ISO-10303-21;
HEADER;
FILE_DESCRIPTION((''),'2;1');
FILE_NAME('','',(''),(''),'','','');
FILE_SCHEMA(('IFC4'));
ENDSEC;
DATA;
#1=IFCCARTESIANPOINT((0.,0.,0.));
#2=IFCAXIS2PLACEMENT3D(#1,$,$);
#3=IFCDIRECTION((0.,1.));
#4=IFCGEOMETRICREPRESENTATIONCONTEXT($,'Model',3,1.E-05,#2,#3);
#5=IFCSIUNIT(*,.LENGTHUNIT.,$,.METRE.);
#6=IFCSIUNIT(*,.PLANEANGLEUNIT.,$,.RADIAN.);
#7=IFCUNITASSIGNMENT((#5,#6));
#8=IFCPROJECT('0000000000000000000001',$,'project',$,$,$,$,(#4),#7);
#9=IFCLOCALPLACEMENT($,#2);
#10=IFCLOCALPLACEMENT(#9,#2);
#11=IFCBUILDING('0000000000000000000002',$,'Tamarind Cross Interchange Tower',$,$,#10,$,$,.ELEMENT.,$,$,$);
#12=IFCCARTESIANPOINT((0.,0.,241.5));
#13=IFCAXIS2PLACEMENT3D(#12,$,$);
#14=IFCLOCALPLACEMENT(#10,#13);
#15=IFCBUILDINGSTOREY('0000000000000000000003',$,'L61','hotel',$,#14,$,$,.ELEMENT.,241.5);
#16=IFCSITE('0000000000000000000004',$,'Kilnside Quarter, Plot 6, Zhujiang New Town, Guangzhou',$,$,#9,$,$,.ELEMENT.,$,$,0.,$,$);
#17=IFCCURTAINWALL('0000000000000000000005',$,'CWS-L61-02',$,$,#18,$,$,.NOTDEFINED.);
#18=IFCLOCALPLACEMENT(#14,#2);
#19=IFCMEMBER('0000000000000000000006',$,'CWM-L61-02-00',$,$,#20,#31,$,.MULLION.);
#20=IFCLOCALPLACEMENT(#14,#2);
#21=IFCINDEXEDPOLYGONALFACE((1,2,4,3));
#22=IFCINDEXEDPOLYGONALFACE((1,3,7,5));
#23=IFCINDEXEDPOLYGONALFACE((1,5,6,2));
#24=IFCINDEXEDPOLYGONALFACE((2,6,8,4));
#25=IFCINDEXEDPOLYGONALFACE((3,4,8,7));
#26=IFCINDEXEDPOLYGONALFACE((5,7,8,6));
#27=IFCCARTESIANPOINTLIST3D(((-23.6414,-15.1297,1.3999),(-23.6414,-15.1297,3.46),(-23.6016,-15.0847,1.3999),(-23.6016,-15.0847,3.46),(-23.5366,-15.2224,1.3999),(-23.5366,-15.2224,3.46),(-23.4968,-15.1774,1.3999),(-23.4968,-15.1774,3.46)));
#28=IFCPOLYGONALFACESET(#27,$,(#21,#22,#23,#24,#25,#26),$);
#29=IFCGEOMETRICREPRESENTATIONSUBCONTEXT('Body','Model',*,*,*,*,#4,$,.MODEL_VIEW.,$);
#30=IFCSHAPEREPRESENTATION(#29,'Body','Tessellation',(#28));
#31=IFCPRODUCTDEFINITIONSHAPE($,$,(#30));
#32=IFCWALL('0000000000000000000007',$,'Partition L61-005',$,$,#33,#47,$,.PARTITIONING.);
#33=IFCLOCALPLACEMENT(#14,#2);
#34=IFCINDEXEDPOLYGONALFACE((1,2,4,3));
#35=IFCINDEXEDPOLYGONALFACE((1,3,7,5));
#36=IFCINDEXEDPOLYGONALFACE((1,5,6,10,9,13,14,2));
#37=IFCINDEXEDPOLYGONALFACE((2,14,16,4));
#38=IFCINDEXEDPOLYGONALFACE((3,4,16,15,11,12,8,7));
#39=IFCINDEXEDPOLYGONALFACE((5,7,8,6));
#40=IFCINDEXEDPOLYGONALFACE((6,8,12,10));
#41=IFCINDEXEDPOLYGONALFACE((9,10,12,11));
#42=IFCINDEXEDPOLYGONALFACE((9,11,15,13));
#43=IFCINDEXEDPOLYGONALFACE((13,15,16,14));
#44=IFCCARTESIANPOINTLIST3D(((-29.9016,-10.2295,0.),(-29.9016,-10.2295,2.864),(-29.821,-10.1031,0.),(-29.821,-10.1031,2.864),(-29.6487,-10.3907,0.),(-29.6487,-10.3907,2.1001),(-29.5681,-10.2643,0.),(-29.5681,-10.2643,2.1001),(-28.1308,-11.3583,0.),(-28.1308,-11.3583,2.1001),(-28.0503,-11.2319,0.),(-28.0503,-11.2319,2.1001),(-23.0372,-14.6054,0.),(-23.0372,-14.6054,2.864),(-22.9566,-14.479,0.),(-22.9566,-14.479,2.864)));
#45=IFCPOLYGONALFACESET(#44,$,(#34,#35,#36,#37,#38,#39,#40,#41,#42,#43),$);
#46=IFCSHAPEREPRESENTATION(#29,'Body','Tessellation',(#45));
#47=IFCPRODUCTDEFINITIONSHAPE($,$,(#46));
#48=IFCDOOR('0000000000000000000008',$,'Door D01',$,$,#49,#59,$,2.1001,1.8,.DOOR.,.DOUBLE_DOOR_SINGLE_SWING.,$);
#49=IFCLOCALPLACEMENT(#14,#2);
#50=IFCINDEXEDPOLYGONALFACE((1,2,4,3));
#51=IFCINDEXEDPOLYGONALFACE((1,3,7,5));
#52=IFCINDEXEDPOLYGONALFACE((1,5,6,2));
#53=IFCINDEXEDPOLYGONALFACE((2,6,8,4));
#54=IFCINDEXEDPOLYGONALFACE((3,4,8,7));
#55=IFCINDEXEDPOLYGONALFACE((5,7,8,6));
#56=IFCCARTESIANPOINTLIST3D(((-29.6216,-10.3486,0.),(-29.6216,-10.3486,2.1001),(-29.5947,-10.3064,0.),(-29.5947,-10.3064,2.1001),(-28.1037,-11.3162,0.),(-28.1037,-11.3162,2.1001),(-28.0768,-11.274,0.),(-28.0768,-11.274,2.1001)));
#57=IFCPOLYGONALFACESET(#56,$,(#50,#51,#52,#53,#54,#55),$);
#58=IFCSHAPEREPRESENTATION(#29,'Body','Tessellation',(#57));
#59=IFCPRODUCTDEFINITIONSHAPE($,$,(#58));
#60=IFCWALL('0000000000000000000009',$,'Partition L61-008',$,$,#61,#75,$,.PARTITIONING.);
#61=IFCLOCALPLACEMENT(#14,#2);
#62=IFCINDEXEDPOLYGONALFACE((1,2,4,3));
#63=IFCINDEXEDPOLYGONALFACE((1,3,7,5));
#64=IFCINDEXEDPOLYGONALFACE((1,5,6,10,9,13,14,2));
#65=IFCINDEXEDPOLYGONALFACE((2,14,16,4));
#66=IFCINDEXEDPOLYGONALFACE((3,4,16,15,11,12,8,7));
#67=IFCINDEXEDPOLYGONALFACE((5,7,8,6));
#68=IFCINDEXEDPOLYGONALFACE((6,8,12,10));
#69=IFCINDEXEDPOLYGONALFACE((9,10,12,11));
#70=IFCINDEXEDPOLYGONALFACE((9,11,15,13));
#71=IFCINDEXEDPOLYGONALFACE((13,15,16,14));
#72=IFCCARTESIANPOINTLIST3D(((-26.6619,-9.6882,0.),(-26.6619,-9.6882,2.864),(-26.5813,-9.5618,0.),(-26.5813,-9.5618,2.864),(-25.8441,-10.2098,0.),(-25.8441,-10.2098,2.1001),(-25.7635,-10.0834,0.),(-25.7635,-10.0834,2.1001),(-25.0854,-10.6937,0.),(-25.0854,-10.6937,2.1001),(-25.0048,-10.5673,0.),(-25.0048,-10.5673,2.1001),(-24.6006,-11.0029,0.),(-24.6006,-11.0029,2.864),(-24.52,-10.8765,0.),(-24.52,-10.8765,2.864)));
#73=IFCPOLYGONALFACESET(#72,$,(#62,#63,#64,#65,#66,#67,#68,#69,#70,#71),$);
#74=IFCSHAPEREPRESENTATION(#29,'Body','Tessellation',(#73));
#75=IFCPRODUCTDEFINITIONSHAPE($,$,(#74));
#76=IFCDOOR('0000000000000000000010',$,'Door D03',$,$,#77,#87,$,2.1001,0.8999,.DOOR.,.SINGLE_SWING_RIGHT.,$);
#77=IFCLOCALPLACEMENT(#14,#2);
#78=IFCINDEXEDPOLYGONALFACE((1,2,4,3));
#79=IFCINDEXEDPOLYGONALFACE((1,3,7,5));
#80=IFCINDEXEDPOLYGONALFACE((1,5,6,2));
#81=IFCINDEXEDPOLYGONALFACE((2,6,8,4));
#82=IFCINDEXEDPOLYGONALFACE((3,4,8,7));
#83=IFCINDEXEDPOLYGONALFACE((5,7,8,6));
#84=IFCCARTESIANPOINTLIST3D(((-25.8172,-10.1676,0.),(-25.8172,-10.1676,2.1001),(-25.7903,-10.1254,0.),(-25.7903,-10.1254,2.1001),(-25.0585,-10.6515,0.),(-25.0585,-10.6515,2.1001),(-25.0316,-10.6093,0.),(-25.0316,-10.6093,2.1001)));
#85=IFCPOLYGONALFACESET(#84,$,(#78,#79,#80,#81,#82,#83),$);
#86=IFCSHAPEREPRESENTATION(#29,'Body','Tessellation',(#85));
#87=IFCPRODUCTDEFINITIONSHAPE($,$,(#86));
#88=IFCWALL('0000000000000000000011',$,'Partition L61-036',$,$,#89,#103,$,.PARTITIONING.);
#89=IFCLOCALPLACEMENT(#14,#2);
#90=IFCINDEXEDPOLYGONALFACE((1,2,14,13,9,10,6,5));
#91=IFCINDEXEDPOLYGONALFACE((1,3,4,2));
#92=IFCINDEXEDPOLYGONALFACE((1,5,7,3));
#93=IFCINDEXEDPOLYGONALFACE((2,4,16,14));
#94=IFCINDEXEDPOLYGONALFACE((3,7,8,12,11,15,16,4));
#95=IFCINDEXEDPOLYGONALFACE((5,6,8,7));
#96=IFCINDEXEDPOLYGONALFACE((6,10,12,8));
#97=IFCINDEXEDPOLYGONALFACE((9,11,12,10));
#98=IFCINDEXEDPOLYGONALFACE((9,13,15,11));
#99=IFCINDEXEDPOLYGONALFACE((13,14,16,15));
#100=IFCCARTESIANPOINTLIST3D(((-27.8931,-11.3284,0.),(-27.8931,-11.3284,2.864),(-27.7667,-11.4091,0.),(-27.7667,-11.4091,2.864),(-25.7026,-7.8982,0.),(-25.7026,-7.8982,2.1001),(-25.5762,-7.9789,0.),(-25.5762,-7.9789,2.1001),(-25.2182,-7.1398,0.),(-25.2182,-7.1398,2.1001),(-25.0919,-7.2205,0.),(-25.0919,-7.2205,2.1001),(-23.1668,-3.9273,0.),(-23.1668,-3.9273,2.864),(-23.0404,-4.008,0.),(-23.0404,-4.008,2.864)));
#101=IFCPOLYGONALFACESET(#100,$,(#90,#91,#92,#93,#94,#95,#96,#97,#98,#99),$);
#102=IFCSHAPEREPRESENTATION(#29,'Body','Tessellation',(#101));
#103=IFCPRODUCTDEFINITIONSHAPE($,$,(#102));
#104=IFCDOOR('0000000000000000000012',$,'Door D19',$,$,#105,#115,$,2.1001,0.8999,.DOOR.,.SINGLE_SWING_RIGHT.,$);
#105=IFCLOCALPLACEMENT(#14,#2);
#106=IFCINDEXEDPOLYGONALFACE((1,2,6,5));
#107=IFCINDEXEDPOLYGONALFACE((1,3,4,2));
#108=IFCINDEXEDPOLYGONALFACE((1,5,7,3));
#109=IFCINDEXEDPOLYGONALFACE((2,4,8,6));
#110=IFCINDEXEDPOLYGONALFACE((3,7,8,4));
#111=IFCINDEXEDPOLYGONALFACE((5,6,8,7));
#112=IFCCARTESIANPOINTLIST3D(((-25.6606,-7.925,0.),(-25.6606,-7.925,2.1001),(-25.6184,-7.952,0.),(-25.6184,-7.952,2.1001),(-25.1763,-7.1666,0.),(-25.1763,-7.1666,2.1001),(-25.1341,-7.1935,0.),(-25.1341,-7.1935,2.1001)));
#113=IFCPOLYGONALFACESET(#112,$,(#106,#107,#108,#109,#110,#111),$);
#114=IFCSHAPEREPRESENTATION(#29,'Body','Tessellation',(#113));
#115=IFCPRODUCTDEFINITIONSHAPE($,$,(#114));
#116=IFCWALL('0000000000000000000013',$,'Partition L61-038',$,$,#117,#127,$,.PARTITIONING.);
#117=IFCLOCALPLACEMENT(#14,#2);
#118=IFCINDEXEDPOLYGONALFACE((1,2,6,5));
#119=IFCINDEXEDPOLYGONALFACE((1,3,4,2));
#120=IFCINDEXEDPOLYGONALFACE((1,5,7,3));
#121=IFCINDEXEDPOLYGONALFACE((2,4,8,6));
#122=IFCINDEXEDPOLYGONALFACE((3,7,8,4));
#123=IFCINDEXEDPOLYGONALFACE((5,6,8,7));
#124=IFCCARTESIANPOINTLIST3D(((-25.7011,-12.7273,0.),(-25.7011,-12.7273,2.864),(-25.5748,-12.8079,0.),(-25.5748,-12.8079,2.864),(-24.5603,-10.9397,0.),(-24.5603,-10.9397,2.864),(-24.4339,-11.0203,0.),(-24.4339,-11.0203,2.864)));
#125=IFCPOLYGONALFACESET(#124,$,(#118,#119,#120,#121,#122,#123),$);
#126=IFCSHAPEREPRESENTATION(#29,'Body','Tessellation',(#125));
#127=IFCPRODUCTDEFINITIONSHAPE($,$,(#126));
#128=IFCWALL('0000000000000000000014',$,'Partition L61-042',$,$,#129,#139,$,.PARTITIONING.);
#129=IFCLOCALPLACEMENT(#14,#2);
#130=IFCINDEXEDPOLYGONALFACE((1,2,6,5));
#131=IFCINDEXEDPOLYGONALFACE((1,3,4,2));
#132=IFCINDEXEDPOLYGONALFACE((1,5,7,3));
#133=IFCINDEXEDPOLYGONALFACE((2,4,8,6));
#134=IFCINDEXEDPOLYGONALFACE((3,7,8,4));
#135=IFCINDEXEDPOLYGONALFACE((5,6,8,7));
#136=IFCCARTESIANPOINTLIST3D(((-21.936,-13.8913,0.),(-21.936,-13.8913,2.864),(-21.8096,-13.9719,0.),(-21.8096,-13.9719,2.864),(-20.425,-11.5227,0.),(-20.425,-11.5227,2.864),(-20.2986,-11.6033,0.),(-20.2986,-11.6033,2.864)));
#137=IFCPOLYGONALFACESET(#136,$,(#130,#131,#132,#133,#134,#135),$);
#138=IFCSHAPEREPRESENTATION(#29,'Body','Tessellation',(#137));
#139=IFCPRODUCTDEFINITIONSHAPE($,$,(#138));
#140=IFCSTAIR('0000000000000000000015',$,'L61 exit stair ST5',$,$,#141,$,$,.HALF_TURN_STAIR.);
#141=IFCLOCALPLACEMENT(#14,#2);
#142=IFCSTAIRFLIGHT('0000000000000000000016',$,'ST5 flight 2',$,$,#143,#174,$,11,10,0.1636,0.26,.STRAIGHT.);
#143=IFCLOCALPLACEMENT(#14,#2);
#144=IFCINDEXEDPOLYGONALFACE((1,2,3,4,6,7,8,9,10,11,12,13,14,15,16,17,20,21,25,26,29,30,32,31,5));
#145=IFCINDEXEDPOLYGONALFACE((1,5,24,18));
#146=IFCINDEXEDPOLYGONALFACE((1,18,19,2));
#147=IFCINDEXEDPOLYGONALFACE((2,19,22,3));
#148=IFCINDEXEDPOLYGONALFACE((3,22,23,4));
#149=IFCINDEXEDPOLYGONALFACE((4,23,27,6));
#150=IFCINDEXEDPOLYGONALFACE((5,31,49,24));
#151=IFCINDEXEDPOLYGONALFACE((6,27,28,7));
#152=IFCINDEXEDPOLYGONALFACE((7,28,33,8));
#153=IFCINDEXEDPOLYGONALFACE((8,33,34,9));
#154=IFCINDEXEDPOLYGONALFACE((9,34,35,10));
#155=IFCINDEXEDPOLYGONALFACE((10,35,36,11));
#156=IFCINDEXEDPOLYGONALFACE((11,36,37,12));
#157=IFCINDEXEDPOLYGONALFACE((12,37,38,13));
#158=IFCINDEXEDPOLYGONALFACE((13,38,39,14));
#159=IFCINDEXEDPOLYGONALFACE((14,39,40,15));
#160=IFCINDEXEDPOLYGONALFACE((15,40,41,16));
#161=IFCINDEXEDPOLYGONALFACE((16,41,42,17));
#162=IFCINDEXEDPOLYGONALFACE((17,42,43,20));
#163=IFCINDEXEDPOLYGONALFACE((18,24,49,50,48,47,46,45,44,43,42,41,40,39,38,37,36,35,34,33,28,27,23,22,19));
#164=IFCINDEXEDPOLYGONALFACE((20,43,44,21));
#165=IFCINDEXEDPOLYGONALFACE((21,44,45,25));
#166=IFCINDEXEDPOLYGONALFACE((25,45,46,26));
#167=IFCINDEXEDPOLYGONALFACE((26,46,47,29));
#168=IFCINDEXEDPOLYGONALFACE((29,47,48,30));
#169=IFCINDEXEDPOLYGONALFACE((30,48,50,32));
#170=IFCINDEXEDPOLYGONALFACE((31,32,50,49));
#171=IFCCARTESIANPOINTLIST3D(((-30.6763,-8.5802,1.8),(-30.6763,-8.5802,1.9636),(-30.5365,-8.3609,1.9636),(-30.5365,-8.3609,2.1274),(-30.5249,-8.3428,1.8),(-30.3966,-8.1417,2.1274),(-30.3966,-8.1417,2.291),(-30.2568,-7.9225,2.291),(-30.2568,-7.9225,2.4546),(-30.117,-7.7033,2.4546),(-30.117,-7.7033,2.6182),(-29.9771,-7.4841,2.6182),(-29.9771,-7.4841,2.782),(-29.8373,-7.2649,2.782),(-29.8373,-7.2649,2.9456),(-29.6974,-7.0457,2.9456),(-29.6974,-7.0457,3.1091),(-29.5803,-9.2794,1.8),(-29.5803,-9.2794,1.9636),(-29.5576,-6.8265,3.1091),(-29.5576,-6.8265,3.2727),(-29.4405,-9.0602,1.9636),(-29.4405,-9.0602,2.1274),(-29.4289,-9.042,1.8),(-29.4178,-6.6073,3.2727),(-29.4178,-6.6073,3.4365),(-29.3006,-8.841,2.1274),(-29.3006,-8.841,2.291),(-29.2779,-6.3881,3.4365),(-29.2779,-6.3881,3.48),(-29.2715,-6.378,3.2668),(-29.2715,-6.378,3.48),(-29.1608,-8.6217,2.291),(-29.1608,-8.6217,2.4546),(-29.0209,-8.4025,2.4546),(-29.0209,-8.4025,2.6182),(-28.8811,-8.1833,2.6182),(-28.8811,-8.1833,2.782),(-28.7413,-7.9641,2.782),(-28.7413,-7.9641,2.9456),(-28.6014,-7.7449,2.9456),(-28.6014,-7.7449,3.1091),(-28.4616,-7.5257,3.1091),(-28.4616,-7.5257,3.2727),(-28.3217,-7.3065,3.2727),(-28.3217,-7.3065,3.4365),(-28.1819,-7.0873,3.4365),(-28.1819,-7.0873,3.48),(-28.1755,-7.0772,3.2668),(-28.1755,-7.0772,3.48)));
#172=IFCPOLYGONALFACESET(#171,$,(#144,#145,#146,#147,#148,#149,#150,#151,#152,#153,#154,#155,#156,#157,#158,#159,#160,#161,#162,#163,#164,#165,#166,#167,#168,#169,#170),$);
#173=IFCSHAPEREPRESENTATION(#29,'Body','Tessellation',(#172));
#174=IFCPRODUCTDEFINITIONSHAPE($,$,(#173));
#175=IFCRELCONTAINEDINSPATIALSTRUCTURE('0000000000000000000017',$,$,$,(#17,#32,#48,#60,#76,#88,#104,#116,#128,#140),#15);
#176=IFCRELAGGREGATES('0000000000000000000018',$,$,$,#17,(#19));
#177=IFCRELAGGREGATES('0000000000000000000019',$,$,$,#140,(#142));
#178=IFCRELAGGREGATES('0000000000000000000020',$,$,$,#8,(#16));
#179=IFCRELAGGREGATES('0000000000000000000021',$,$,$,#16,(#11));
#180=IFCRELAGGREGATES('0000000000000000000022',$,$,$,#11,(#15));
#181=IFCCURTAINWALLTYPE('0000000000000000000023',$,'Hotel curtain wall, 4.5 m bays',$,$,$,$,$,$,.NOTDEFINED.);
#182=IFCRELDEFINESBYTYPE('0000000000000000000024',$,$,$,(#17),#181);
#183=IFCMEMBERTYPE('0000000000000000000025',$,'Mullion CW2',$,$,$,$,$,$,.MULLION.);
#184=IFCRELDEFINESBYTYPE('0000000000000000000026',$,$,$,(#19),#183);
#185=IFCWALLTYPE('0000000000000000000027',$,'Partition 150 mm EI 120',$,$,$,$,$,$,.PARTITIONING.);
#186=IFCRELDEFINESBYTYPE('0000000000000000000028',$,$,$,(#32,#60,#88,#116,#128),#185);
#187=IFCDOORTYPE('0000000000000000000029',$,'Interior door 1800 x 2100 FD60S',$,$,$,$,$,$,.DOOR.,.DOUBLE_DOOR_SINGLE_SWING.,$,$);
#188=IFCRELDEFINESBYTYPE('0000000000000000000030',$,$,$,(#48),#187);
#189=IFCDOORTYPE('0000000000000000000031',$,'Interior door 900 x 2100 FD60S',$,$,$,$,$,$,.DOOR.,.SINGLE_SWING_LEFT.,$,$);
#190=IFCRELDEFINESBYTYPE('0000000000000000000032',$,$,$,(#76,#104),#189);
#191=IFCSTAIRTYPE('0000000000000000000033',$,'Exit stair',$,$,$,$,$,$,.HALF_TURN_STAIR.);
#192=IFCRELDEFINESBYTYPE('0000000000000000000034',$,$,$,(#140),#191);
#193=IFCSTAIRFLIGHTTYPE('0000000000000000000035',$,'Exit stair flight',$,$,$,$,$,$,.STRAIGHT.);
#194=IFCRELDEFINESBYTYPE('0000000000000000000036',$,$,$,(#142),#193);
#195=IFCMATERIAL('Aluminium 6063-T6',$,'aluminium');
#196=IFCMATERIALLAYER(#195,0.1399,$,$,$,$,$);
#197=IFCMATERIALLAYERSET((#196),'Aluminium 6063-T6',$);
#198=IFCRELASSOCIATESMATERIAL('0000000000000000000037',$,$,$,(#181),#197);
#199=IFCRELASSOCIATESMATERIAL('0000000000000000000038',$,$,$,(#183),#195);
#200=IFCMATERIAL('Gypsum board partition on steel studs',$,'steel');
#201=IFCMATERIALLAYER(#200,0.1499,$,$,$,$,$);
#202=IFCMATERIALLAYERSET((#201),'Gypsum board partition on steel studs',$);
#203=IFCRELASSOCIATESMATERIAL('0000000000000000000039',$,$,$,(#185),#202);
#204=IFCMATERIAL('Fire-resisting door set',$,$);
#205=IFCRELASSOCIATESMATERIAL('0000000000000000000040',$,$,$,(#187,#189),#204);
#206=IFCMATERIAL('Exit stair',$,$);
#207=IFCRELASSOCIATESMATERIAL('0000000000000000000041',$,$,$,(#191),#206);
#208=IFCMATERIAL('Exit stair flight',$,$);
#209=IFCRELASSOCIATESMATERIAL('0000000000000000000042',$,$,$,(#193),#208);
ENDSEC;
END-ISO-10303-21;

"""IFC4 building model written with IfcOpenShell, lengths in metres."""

from ifc_helpers import new_model, si_unit, direction, frame, frame_2d, origin, origin_2d, place, context, subcontext, project, spatial, polyline, rectangle, outline, extrude, material, layer, layer_set, material_profile, profile_set, type_object, element, fill, aggregate, save


model = new_model("IFC4")

# Units and contexts
model_context = context("Model", 3, precision=1e-05, world=origin(), true_north=direction((0.0, 1.0)))
body_context = subcontext(model_context, "Body", "Model", "MODEL_VIEW")
ifc_project = project(units=[si_unit("LENGTHUNIT", "METRE"), si_unit("PLANEANGLEUNIT", "RADIAN")], contexts=[model_context])

# Site, building, storey
site_placement = place(None, origin())
site = spatial("IfcSite", under=ifc_project, at=site_placement, Name="Kilnside Quarter, Plot 6, Zhujiang New Town, Guangzhou", CompositionType="ELEMENT", RefElevation=0.0)
building_placement = place(site_placement, origin())
building = spatial("IfcBuilding", under=site, at=building_placement, Name="Tamarind Cross Interchange Tower", CompositionType="ELEMENT")
storey_placement = place(building_placement, frame((0.0, 0.0, 241.5)))
storey = spatial("IfcBuildingStorey", under=building, at=storey_placement, Name="L61", Description="hotel", CompositionType="ELEMENT", Elevation=241.5)

# Shared definitions
ifc_material_1 = material(Name="Aluminium 6063-T6", Category="aluminium")
ifc_layer_1 = layer(ifc_material_1, 0.1399)
ifc_layer_set_1 = layer_set([ifc_layer_1], Name="Aluminium 6063-T6")
curtain_wall_type = type_object("IfcCurtainWallType", Name="Hotel curtain wall, 4.5 m bays", PredefinedType="NOTDEFINED", material=ifc_layer_set_1)
ifc_material_profile_1 = material_profile(ifc_material_1, rectangle(XDim=0.0601, YDim=0.1399, at=origin_2d()), Name="Mullion CW2")
ifc_profile_set_1 = profile_set([ifc_material_profile_1], Name="Aluminium 6063-T6")
member_type = type_object("IfcMemberType", Name="Mullion CW2", PredefinedType="MULLION", material=ifc_profile_set_1)

# Curtain wall, member
curtain_wall_1_placement = place(storey_placement, origin())
curtain_wall_1 = element("IfcCurtainWall", 1, at=curtain_wall_1_placement, inside=storey, type_object=curtain_wall_type, Name="CWS-L61-02", PredefinedType="NOTDEFINED")
member_1_placement = place(storey_placement, frame((-23.5691, -15.1536, 1.3999), z_axis=(0.0, 0.0, 1.0), x_axis=(0.662351, 0.749194, 0.0)))
member_1 = element("IfcMember", 2, at=member_1_placement, type_object=member_type, Name="CWM-L61-02-00", PredefinedType="MULLION", context=body_context, shape_type="SweptSolid", body=[
    extrude(rectangle(XDim=0.0601, YDim=0.1399, at=origin_2d()), origin(), (0.0, 0.0, 1.0), 2.0601),
])
aggregate(curtain_wall_1, [member_1])

# Walls, openings, doors
ifc_material_2 = material(Name="Gypsum board partition on steel studs", Category="steel")
ifc_layer_2 = layer(ifc_material_2, 0.1499)
ifc_layer_set_2 = layer_set([ifc_layer_2], Name="Gypsum board partition on steel studs")
wall_type = type_object("IfcWallType", Name="Partition 150 mm EI 120", PredefinedType="PARTITIONING", material=ifc_layer_set_2)
wall_1_placement = place(storey_placement, frame((-29.8613, -10.1663, 0.0), z_axis=(0.0, 0.0, 1.0), x_axis=(0.843235, -0.537545, 0.0)))
wall_1 = element("IfcWall", 3, at=wall_1_placement, inside=storey, type_object=wall_type, Name="Partition L61-005", PredefinedType="PARTITIONING", context=body_context, shape_type="SweptSolid", body=[
    extrude(rectangle(XDim=8.1406, YDim=0.1499, at=frame_2d((4.0703, 0.0))), origin(), (0.0, 0.0, 1.0), 2.864),
])
opening_1_placement = place(wall_1_placement, frame((0.3, 0.0, 0.0)))
opening_1 = element("IfcOpeningElement", 4, at=opening_1_placement, cuts=wall_1, PredefinedType="OPENING", context=body_context, shape_type="SweptSolid", body=[
    extrude(rectangle(XDim=1.8, YDim=2.1001, at=frame_2d((0.8999, 1.05))), frame((0.0, 0.085, 0.0), z_axis=(0.0, -1.0, 0.0), x_axis=(1.0, 0.0, 0.0)), (0.0, 0.0, 1.0), 0.1699),
])
ifc_material_3 = material(Name="Fire-resisting door set")
door_type_1 = type_object("IfcDoorType", Name="Interior door 1800 x 2100 FD60S", OperationType="DOUBLE_DOOR_SINGLE_SWING", PredefinedType="DOOR", material=ifc_material_3)
door_1_placement = place(opening_1_placement, frame((1.8, 0.0, 0.0), z_axis=(0.0, 0.0, 1.0), x_axis=(-1.0, 0.0, 0.0)))
door_1 = element("IfcDoor", 5, at=door_1_placement, inside=storey, type_object=door_type_1, Name="Door D01", OperationType="DOUBLE_DOOR_SINGLE_SWING", OverallHeight=2.1001, OverallWidth=1.8, PredefinedType="DOOR", context=body_context, shape_type="SweptSolid", body=[
    extrude(rectangle(XDim=1.8, YDim=2.1001, at=frame_2d((0.8999, 1.05))), frame((0.0, 0.0249, 0.0), z_axis=(0.0, -1.0, 0.0), x_axis=(1.0, 0.0, 0.0)), (0.0, 0.0, 1.0), 0.05),
])
fill(opening_1, door_1)
wall_2_placement = place(storey_placement, frame((-26.6216, -9.625, 0.0), z_axis=(0.0, 0.0, 1.0), x_axis=(0.84311, -0.537741, 0.0)))
wall_2 = element("IfcWall", 6, at=wall_2_placement, inside=storey, type_object=wall_type, Name="Partition L61-008", PredefinedType="PARTITIONING", context=body_context, shape_type="SweptSolid", body=[
    extrude(rectangle(XDim=2.4448, YDim=0.1499, at=frame_2d((1.2224, 0.0))), origin(), (0.0, 0.0, 1.0), 2.864),
])
opening_2_placement = place(wall_2_placement, frame((0.97, 0.0, 0.0)))
opening_2 = element("IfcOpeningElement", 7, at=opening_2_placement, cuts=wall_2, PredefinedType="OPENING", context=body_context, shape_type="SweptSolid", body=[
    extrude(rectangle(XDim=0.8999, YDim=2.1001, at=frame_2d((0.45, 1.05))), frame((0.0, 0.085, 0.0), z_axis=(0.0, -1.0, 0.0), x_axis=(1.0, 0.0, 0.0)), (0.0, 0.0, 1.0), 0.1699),
])
door_type_2 = type_object("IfcDoorType", Name="Interior door 900 x 2100 FD60S", OperationType="SINGLE_SWING_LEFT", PredefinedType="DOOR", material=ifc_material_3)
door_2_placement = place(opening_2_placement, frame((0.8999, 0.0, 0.0), z_axis=(0.0, 0.0, 1.0), x_axis=(-1.0, 0.0, 0.0)))
door_2 = element("IfcDoor", 8, at=door_2_placement, inside=storey, type_object=door_type_2, Name="Door D03", OperationType="SINGLE_SWING_RIGHT", OverallHeight=2.1001, OverallWidth=0.8999, PredefinedType="DOOR", context=body_context, shape_type="SweptSolid", body=[
    extrude(rectangle(XDim=0.8999, YDim=2.1001, at=frame_2d((0.45, 1.05))), frame((0.0, 0.0249, 0.0), z_axis=(0.0, -1.0, 0.0), x_axis=(1.0, 0.0, 0.0)), (0.0, 0.0, 1.0), 0.05),
])
fill(opening_2, door_2)
wall_3_placement = place(storey_placement, frame((-27.8298, -11.3687, 0.0), z_axis=(0.0, 0.0, 1.0), x_axis=(0.538213, 0.842809, 0.0)))
wall_3 = element("IfcWall", 9, at=wall_3_placement, inside=storey, type_object=wall_type, Name="Partition L61-036", PredefinedType="PARTITIONING", context=body_context, shape_type="SweptSolid", body=[
    extrude(rectangle(XDim=8.7815, YDim=0.1499, at=frame_2d((4.3906, 0.0))), origin(), (0.0, 0.0, 1.0), 2.864),
])
opening_3_placement = place(wall_3_placement, frame((4.0698, 0.0, 0.0)))
opening_3 = element("IfcOpeningElement", 10, at=opening_3_placement, cuts=wall_3, PredefinedType="OPENING", context=body_context, shape_type="SweptSolid", body=[
    extrude(rectangle(XDim=0.8999, YDim=2.1001, at=frame_2d((0.45, 1.05))), frame((0.0, 0.085, 0.0), z_axis=(0.0, -1.0, 0.0), x_axis=(1.0, 0.0, 0.0)), (0.0, 0.0, 1.0), 0.1699),
])
door_3_placement = place(opening_3_placement, frame((0.8999, 0.0, 0.0), z_axis=(0.0, 0.0, 1.0), x_axis=(-1.0, 0.0, 0.0)))
door_3 = element("IfcDoor", 11, at=door_3_placement, inside=storey, type_object=door_type_2, Name="Door D19", OperationType="SINGLE_SWING_RIGHT", OverallHeight=2.1001, OverallWidth=0.8999, PredefinedType="DOOR", context=body_context, shape_type="SweptSolid", body=[
    extrude(rectangle(XDim=0.8999, YDim=2.1001, at=frame_2d((0.45, 1.05))), frame((0.0, 0.0249, 0.0), z_axis=(0.0, -1.0, 0.0), x_axis=(1.0, 0.0, 0.0)), (0.0, 0.0, 1.0), 0.05),
])
fill(opening_3, door_3)

# Walls
wall_4_placement = place(storey_placement, frame((-25.6379, -12.7676, 0.0), z_axis=(0.0, 0.0, 1.0), x_axis=(0.537985, 0.842954, 0.0)))
element("IfcWall", 12, at=wall_4_placement, inside=storey, type_object=wall_type, Name="Partition L61-038", PredefinedType="PARTITIONING", context=body_context, shape_type="SweptSolid", body=[
    extrude(rectangle(XDim=2.1206, YDim=0.1499, at=frame_2d((1.0603, 0.0))), origin(), (0.0, 0.0, 1.0), 2.864),
])
wall_5_placement = place(storey_placement, frame((-21.8728, -13.9316, 0.0), z_axis=(0.0, 0.0, 1.0), x_axis=(0.537803, 0.843071, 0.0)))
element("IfcWall", 13, at=wall_5_placement, inside=storey, type_object=wall_type, Name="Partition L61-042", PredefinedType="PARTITIONING", context=body_context, shape_type="SweptSolid", body=[
    extrude(rectangle(XDim=2.8096, YDim=0.1499, at=frame_2d((1.4048, 0.0))), origin(), (0.0, 0.0, 1.0), 2.864),
])

# Stair, stair flight
ifc_material_4 = material(Name="Exit stair")
stair_type = type_object("IfcStairType", Name="Exit stair", PredefinedType="HALF_TURN_STAIR", material=ifc_material_4)
stair_placement = place(storey_placement, origin())
stair = element("IfcStair", 14, at=stair_placement, inside=storey, type_object=stair_type, Name="L61 exit stair ST5", PredefinedType="HALF_TURN_STAIR")
ifc_material_5 = material(Name="Exit stair flight")
stair_flight_type = type_object("IfcStairFlightType", Name="Exit stair flight", PredefinedType="STRAIGHT", material=ifc_material_5)
stair_flight_placement = place(storey_placement, frame((-30.1284, -8.9297, 1.8), z_axis=(0.0, 0.0, 1.0), x_axis=(0.537829, 0.843054, 0.0)))
stair_flight = element("IfcStairFlight", 15, at=stair_flight_placement, type_object=stair_flight_type, Name="ST5 flight 2", NumberOfRisers=11, NumberOfTreads=10, PredefinedType="STRAIGHT", RiserHeight=0.1636, TreadLength=0.26, context=body_context, shape_type="SweptSolid", body=[
    extrude(outline(polyline([(0.0, 0.0), (0.0, 0.1636), (0.26, 0.1636), (0.26, 0.3274), (0.52, 0.3274), (0.52, 0.491), (0.78, 0.491), (0.78, 0.6545), (1.04, 0.6545), (1.04, 0.8181), (1.3, 0.8181), (1.3, 0.9819), (1.5601, 0.9819), (1.5601, 1.1455), (1.8201, 1.1455), (1.8201, 1.3091), (2.0801, 1.3091), (2.0801, 1.4727), (2.3401, 1.4727), (2.3401, 1.6365), (2.6001, 1.6365), (2.6001, 1.6799), (2.6121, 1.6799), (2.6121, 1.4668), (0.2815, 0.0), (0.0, 0.0)])), frame((0.0, 0.6499, 0.0), z_axis=(0.0, -1.0, 0.0), x_axis=(1.0, 0.0, 0.0)), (0.0, 0.0, 1.0), 1.3),
])
aggregate(stair, [stair_flight])

save(model, "model.ifc")
